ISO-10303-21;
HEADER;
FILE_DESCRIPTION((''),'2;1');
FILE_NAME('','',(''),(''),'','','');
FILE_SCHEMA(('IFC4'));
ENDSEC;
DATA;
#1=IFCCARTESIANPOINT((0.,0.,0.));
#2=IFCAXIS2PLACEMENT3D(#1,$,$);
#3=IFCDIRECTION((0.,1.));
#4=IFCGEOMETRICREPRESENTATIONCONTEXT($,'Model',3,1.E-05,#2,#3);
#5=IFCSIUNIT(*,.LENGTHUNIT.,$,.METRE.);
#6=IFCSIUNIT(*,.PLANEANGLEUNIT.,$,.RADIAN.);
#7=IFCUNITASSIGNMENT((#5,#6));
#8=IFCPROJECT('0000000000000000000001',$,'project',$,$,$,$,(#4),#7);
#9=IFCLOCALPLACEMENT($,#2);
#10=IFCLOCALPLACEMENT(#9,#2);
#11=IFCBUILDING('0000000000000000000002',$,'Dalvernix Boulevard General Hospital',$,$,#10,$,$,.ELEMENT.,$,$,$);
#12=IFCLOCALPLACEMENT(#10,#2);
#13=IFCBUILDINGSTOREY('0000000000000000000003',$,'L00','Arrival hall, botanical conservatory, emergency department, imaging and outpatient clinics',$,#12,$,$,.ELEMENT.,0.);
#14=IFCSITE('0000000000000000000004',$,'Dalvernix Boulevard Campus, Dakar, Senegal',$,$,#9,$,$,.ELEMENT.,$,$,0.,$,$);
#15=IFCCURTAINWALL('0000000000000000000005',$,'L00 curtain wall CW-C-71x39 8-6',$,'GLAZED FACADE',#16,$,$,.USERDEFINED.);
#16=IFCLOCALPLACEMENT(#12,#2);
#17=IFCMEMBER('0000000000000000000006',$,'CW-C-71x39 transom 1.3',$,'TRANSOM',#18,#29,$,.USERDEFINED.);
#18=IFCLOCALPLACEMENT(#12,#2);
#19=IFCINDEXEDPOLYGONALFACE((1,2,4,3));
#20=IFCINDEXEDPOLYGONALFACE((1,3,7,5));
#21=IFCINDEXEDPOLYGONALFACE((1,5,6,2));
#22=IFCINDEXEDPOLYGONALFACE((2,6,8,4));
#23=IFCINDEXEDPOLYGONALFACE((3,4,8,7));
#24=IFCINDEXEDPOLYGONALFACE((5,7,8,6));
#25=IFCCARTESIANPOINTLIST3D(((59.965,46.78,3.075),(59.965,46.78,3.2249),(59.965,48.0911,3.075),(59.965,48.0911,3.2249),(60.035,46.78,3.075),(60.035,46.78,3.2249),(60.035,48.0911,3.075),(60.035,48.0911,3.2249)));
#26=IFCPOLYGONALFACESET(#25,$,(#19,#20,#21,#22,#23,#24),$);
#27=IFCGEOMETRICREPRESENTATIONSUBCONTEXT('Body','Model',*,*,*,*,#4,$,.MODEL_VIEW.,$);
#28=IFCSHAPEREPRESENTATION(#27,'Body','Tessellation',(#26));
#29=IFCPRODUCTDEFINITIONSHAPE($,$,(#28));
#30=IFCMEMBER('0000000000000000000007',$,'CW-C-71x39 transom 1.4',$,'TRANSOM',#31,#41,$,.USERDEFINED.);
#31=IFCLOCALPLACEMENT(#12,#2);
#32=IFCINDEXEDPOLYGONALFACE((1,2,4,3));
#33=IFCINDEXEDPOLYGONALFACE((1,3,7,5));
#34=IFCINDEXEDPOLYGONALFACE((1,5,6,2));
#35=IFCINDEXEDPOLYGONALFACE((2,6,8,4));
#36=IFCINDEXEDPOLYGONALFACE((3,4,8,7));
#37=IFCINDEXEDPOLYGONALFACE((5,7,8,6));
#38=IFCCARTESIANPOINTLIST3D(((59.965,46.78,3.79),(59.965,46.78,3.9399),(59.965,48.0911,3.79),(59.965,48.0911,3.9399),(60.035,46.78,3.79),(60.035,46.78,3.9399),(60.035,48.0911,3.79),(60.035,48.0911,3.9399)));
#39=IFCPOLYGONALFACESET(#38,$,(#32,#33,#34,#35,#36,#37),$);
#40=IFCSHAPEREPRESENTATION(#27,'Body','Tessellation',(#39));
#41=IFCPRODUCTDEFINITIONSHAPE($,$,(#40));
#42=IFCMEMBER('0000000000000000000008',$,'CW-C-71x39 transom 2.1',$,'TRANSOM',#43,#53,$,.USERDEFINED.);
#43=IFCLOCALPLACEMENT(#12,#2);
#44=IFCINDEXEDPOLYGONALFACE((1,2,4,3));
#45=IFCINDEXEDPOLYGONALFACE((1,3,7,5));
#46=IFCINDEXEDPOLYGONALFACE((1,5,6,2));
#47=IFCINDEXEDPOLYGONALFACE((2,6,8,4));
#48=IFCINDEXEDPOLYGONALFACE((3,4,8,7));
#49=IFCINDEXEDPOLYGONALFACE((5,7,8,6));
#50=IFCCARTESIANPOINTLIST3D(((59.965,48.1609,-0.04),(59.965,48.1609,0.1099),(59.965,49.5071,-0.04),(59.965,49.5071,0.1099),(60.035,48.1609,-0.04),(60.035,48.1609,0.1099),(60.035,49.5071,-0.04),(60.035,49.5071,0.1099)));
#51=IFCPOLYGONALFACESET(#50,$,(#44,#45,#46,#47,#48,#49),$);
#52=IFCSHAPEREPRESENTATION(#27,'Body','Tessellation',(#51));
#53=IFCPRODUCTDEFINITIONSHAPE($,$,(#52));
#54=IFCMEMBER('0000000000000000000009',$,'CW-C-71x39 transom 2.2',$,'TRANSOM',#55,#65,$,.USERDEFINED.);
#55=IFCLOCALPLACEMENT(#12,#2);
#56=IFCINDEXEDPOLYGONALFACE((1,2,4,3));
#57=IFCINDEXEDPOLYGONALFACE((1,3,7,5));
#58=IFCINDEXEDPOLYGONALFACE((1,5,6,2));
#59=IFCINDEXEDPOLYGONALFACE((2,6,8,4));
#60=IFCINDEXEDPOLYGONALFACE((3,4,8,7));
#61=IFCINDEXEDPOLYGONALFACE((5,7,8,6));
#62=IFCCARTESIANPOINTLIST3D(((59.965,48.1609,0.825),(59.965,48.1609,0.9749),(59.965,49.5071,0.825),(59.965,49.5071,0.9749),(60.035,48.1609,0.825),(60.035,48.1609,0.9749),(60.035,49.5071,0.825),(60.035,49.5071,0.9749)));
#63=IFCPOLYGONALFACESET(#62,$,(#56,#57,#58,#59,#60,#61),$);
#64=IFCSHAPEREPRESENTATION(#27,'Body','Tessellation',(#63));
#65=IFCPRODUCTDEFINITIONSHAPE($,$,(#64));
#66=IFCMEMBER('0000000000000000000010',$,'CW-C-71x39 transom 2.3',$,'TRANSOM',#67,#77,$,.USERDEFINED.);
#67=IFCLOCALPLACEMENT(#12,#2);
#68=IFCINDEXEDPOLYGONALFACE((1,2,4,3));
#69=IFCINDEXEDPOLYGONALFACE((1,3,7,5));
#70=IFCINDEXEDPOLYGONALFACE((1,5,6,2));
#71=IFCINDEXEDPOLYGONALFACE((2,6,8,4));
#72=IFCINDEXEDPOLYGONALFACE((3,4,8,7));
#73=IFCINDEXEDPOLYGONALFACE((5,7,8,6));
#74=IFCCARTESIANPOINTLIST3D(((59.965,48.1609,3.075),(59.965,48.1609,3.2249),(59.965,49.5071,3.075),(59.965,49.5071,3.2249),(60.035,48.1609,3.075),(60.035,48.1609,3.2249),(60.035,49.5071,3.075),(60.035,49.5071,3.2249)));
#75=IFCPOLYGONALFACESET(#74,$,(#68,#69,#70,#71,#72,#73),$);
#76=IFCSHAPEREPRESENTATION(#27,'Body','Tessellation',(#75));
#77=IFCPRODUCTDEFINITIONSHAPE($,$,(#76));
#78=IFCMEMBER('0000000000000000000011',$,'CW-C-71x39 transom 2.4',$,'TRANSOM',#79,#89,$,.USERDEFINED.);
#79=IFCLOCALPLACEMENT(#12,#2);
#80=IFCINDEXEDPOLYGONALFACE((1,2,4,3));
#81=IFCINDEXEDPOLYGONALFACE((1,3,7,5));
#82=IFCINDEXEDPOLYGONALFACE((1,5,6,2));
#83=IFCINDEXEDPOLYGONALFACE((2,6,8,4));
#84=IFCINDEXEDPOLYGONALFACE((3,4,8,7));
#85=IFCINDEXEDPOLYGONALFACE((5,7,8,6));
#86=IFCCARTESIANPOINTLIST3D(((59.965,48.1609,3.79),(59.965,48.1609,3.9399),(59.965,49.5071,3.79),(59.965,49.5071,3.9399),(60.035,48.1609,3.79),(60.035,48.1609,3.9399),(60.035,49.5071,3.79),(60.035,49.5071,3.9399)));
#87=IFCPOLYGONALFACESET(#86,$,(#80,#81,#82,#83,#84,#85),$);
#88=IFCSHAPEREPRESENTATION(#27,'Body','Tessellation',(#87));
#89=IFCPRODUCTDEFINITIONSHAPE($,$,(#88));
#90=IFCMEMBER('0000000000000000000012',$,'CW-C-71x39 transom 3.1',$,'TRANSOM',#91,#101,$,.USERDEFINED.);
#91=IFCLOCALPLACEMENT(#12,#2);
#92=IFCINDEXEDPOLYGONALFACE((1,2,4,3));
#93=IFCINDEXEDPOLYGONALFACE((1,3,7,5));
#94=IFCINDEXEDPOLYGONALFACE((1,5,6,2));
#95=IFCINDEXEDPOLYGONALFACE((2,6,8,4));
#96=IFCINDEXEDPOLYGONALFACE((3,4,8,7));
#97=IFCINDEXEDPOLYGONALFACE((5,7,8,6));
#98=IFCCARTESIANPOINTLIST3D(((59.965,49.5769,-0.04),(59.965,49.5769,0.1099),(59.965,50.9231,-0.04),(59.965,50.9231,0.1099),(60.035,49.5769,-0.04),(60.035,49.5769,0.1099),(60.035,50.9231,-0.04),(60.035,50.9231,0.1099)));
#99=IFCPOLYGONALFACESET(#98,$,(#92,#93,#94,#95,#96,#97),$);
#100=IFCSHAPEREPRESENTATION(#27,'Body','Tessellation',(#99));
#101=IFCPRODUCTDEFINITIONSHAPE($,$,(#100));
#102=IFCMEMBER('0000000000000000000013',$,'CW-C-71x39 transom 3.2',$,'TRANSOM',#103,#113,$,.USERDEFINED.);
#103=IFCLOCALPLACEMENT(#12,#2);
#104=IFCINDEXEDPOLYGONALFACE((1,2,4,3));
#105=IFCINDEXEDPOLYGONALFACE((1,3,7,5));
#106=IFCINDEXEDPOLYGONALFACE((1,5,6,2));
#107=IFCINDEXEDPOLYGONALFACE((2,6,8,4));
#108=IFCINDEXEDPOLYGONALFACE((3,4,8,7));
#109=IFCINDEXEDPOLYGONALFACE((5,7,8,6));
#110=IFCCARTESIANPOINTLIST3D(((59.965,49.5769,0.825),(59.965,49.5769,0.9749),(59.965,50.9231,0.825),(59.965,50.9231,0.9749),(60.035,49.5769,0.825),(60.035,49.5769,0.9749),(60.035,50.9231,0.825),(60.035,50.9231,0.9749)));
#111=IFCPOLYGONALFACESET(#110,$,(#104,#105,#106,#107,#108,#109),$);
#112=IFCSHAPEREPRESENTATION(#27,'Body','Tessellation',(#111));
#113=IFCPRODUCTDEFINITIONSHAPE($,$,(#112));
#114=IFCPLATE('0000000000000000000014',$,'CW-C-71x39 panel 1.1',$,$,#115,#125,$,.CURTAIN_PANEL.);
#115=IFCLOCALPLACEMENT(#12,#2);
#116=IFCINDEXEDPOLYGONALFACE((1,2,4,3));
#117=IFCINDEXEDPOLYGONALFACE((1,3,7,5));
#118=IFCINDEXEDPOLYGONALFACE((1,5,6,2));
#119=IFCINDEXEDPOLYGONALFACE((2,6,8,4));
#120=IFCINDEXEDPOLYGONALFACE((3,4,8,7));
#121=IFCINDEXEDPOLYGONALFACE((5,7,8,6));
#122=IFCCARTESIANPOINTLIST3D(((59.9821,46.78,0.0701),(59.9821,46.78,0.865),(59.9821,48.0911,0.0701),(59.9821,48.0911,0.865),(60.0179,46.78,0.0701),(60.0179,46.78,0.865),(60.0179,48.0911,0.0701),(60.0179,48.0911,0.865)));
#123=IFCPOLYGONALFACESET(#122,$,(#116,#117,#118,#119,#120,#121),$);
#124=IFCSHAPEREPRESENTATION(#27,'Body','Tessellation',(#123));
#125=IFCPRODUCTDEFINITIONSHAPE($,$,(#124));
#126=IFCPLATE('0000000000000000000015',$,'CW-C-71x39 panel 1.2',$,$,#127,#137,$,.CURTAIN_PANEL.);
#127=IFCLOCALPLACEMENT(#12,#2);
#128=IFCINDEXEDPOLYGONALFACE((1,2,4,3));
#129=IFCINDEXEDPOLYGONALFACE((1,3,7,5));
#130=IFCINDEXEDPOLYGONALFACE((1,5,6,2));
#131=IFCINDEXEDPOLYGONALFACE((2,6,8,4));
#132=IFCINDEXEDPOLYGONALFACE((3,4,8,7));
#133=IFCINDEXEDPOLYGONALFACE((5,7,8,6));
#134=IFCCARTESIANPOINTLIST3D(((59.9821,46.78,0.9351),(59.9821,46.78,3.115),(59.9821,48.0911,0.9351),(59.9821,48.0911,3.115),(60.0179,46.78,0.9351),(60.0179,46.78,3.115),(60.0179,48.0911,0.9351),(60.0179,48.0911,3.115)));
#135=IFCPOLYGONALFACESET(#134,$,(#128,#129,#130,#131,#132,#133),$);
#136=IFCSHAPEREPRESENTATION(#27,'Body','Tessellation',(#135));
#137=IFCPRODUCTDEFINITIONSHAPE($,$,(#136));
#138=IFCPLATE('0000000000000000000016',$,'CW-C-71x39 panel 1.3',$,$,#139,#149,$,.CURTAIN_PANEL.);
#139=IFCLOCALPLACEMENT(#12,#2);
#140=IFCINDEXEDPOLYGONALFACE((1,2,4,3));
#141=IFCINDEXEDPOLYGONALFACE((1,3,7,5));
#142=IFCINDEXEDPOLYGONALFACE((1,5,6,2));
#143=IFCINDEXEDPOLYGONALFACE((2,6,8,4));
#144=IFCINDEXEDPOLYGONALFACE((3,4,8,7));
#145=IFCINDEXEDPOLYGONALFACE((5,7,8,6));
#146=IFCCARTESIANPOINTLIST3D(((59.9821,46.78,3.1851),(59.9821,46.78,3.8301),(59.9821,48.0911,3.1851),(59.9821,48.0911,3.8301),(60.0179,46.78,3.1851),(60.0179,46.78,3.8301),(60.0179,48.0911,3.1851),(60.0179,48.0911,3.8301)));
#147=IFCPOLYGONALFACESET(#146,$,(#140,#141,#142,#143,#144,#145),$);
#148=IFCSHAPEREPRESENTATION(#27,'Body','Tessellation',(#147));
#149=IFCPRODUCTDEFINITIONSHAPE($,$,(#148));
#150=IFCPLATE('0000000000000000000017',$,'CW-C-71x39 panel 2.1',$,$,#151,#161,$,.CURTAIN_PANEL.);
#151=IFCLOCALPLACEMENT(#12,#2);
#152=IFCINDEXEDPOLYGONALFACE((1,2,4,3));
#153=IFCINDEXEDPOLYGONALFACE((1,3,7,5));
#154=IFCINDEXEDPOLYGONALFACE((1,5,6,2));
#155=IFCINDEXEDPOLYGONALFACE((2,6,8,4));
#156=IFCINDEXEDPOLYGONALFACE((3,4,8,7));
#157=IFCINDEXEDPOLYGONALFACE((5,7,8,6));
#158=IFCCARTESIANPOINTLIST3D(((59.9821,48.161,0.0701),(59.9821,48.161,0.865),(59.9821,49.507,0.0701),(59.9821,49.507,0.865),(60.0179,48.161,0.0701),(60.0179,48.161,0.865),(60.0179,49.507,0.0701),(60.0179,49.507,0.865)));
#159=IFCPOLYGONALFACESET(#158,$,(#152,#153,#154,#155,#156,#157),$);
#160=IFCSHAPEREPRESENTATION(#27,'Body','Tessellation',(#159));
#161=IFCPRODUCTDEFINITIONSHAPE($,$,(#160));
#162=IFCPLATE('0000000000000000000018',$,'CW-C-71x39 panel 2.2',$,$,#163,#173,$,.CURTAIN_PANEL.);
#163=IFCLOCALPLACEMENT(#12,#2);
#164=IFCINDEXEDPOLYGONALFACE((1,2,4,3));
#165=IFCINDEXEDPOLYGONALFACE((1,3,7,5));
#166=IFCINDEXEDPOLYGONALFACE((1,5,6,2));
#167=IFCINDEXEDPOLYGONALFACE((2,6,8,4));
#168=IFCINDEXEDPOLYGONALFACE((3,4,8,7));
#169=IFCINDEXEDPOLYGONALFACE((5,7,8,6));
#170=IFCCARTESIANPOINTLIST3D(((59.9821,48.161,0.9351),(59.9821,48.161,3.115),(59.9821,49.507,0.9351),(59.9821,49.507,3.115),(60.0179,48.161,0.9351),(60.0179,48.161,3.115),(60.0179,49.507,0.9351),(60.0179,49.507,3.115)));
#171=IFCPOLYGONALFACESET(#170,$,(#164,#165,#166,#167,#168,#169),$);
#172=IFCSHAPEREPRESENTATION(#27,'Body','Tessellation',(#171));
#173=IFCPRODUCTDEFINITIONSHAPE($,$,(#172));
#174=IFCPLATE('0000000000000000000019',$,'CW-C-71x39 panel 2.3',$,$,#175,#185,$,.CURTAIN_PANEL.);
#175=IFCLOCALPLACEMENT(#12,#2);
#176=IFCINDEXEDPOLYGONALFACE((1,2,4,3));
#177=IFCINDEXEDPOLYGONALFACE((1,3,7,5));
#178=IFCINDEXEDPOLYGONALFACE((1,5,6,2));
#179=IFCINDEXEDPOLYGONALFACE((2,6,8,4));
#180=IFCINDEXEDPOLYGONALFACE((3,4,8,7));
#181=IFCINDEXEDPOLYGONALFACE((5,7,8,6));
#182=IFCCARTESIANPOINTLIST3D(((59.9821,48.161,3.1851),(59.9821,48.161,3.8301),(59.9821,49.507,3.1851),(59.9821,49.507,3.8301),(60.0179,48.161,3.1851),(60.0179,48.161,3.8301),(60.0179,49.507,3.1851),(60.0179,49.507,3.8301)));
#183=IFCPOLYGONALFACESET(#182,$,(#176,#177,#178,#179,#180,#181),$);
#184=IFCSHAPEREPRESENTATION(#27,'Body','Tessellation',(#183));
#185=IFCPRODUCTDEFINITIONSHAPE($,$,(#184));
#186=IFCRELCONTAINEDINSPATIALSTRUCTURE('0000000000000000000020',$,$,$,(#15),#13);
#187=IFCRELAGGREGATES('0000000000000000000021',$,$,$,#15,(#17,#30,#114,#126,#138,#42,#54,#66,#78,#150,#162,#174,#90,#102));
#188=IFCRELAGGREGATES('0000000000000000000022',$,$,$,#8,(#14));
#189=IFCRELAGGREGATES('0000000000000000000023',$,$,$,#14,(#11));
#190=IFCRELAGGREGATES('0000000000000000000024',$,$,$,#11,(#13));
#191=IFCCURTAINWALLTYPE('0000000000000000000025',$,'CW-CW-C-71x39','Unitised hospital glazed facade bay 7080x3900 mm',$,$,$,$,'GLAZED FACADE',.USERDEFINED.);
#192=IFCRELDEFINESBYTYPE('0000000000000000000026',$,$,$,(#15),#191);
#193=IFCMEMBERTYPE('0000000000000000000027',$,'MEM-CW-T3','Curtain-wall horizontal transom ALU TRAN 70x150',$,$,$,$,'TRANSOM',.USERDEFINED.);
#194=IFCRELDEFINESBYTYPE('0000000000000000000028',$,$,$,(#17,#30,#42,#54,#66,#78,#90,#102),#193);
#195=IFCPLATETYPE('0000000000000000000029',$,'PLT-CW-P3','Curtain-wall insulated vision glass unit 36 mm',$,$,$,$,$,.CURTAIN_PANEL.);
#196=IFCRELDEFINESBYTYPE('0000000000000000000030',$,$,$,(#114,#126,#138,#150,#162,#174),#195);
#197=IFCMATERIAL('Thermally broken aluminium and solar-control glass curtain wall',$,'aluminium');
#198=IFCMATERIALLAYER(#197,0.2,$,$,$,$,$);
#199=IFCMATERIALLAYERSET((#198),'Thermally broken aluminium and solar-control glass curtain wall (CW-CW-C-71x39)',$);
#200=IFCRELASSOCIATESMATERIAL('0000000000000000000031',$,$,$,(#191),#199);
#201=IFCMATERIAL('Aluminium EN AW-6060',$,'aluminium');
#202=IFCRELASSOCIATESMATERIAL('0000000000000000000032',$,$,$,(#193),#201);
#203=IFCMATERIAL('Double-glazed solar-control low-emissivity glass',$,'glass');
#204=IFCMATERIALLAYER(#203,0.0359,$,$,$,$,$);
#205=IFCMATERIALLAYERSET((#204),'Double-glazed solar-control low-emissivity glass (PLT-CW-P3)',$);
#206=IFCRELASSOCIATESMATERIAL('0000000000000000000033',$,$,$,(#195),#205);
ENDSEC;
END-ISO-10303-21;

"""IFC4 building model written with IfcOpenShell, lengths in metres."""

from ifc_helpers import new_model, si_unit, direction, frame, origin, origin_2d, place, context, subcontext, project, spatial, rectangle, extrude, material, layer, layer_set, material_profile, profile_set, type_object, element, aggregate, save


model = new_model("IFC4")

# Units and contexts
model_context = context("Model", 3, precision=1e-05, world=origin(), true_north=direction((0.0, 1.0)))
body_context = subcontext(model_context, "Body", "Model", "MODEL_VIEW")
ifc_project = project(units=[si_unit("LENGTHUNIT", "METRE"), si_unit("PLANEANGLEUNIT", "RADIAN")], contexts=[model_context])

# Site, building, storey
site_placement = place(None, origin())
site = spatial("IfcSite", under=ifc_project, at=site_placement, Name="Dalvernix Boulevard Campus, Dakar, Senegal", CompositionType="ELEMENT", RefElevation=0.0)
building_placement = place(site_placement, origin())
building = spatial("IfcBuilding", under=site, at=building_placement, Name="Dalvernix Boulevard General Hospital", CompositionType="ELEMENT")
storey_placement = place(building_placement, origin())
storey = spatial("IfcBuildingStorey", under=building, at=storey_placement, Name="L00", Description="Arrival hall, botanical conservatory, emergency department, imaging and outpatient clinics", CompositionType="ELEMENT", Elevation=0.0)

# Curtain wall, members, plates
ifc_material_1 = material(Name="Thermally broken aluminium and solar-control glass curtain wall", Category="aluminium")
ifc_layer_1 = layer(ifc_material_1, 0.2)
ifc_layer_set_1 = layer_set([ifc_layer_1], Name="Thermally broken aluminium and solar-control glass curtain wall (CW-CW-C-71x39)")
curtain_wall_type = type_object("IfcCurtainWallType", Name="CW-CW-C-71x39", Description="Unitised hospital glazed facade bay 7080x3900 mm", ElementType="GLAZED FACADE", PredefinedType="USERDEFINED", material=ifc_layer_set_1)
curtain_wall_placement = place(storey_placement, origin())
curtain_wall = element("IfcCurtainWall", 1, at=curtain_wall_placement, inside=storey, type_object=curtain_wall_type, Name="L00 curtain wall CW-C-71x39 8-6", ObjectType="GLAZED FACADE", PredefinedType="USERDEFINED")
ifc_material_2 = material(Name="Aluminium EN AW-6060", Category="aluminium")
ifc_material_profile_1 = material_profile(ifc_material_2, rectangle(XDim=0.0701, YDim=0.1499, at=origin_2d()), Name="ALU TRAN 70x150")
ifc_profile_set_1 = profile_set([ifc_material_profile_1], Name="Aluminium EN AW-6060")
member_type_1 = type_object("IfcMemberType", Name="MEM-CW-T3", Description="Curtain-wall horizontal transom ALU TRAN 70x150", ElementType="TRANSOM", PredefinedType="USERDEFINED", material=ifc_profile_set_1)
member_1_placement = place(storey_placement, frame((60.0, 46.78, 3.1499), z_axis=(0.0, 1.0, 0.0), x_axis=(-1.0, 0.0, 0.0)))
member_1 = element("IfcMember", 2, at=member_1_placement, type_object=member_type_1, Name="CW-C-71x39 transom 1.3", ObjectType="TRANSOM", PredefinedType="USERDEFINED", context=body_context, shape_type="SweptSolid", body=[
    extrude(rectangle(XDim=0.0701, YDim=0.1499, at=origin_2d()), origin(), (0.0, 0.0, 1.0), 1.311),
])
member_2_placement = place(storey_placement, frame((60.0, 46.78, 3.865), z_axis=(0.0, 1.0, 0.0), x_axis=(-1.0, 0.0, 0.0)))
member_2 = element("IfcMember", 3, at=member_2_placement, type_object=member_type_1, Name="CW-C-71x39 transom 1.4", ObjectType="TRANSOM", PredefinedType="USERDEFINED", context=body_context, shape_type="SweptSolid", body=[
    extrude(rectangle(XDim=0.0701, YDim=0.1499, at=origin_2d()), origin(), (0.0, 0.0, 1.0), 1.311),
])
member_3_placement = place(storey_placement, frame((60.0, 48.1609, 0.0349), z_axis=(0.0, 1.0, 0.0), x_axis=(-1.0, 0.0, 0.0)))
member_3 = element("IfcMember", 4, at=member_3_placement, type_object=member_type_1, Name="CW-C-71x39 transom 2.1", ObjectType="TRANSOM", PredefinedType="USERDEFINED", context=body_context, shape_type="SweptSolid", body=[
    extrude(rectangle(XDim=0.0701, YDim=0.1499, at=origin_2d()), origin(), (0.0, 0.0, 1.0), 1.3462),
])
member_4_placement = place(storey_placement, frame((60.0, 48.1609, 0.8999), z_axis=(0.0, 1.0, 0.0), x_axis=(-1.0, 0.0, 0.0)))
member_4 = element("IfcMember", 5, at=member_4_placement, type_object=member_type_1, Name="CW-C-71x39 transom 2.2", ObjectType="TRANSOM", PredefinedType="USERDEFINED", context=body_context, shape_type="SweptSolid", body=[
    extrude(rectangle(XDim=0.0701, YDim=0.1499, at=origin_2d()), origin(), (0.0, 0.0, 1.0), 1.3462),
])
member_5_placement = place(storey_placement, frame((60.0, 48.1609, 3.1499), z_axis=(0.0, 1.0, 0.0), x_axis=(-1.0, 0.0, 0.0)))
member_5 = element("IfcMember", 6, at=member_5_placement, type_object=member_type_1, Name="CW-C-71x39 transom 2.3", ObjectType="TRANSOM", PredefinedType="USERDEFINED", context=body_context, shape_type="SweptSolid", body=[
    extrude(rectangle(XDim=0.0701, YDim=0.1499, at=origin_2d()), origin(), (0.0, 0.0, 1.0), 1.3462),
])
member_6_placement = place(storey_placement, frame((60.0, 48.1609, 3.865), z_axis=(0.0, 1.0, 0.0), x_axis=(-1.0, 0.0, 0.0)))
member_6 = element("IfcMember", 7, at=member_6_placement, type_object=member_type_1, Name="CW-C-71x39 transom 2.4", ObjectType="TRANSOM", PredefinedType="USERDEFINED", context=body_context, shape_type="SweptSolid", body=[
    extrude(rectangle(XDim=0.0701, YDim=0.1499, at=origin_2d()), origin(), (0.0, 0.0, 1.0), 1.3462),
])
member_7_placement = place(storey_placement, frame((60.0, 49.5769, 0.0349), z_axis=(0.0, 1.0, 0.0), x_axis=(-1.0, 0.0, 0.0)))
member_7 = element("IfcMember", 8, at=member_7_placement, type_object=member_type_1, Name="CW-C-71x39 transom 3.1", ObjectType="TRANSOM", PredefinedType="USERDEFINED", context=body_context, shape_type="SweptSolid", body=[
    extrude(rectangle(XDim=0.0701, YDim=0.1499, at=origin_2d()), origin(), (0.0, 0.0, 1.0), 1.3462),
])
member_8_placement = place(storey_placement, frame((60.0, 49.5769, 0.8999), z_axis=(0.0, 1.0, 0.0), x_axis=(-1.0, 0.0, 0.0)))
member_8 = element("IfcMember", 9, at=member_8_placement, type_object=member_type_1, Name="CW-C-71x39 transom 3.2", ObjectType="TRANSOM", PredefinedType="USERDEFINED", context=body_context, shape_type="SweptSolid", body=[
    extrude(rectangle(XDim=0.0701, YDim=0.1499, at=origin_2d()), origin(), (0.0, 0.0, 1.0), 1.3462),
])
ifc_material_3 = material(Name="Double-glazed solar-control low-emissivity glass", Category="glass")
ifc_layer_2 = layer(ifc_material_3, 0.0359)
ifc_layer_set_2 = layer_set([ifc_layer_2], Name="Double-glazed solar-control low-emissivity glass (PLT-CW-P3)")
plate_type = type_object("IfcPlateType", Name="PLT-CW-P3", Description="Curtain-wall insulated vision glass unit 36 mm", PredefinedType="CURTAIN_PANEL", material=ifc_layer_set_2)
plate_1_placement = place(storey_placement, frame((60.0, 47.4355, 0.0701), z_axis=(0.0, 0.0, 1.0), x_axis=(0.0, 1.0, 0.0)))
plate_1 = element("IfcPlate", 10, at=plate_1_placement, type_object=plate_type, Name="CW-C-71x39 panel 1.1", PredefinedType="CURTAIN_PANEL", context=body_context, shape_type="SweptSolid", body=[
    extrude(rectangle(XDim=1.311, YDim=0.0359, at=origin_2d()), origin(), (0.0, 0.0, 1.0), 0.7949),
])
plate_2_placement = place(storey_placement, frame((60.0, 47.4355, 0.9351), z_axis=(0.0, 0.0, 1.0), x_axis=(0.0, 1.0, 0.0)))
plate_2 = element("IfcPlate", 11, at=plate_2_placement, type_object=plate_type, Name="CW-C-71x39 panel 1.2", PredefinedType="CURTAIN_PANEL", context=body_context, shape_type="SweptSolid", body=[
    extrude(rectangle(XDim=1.311, YDim=0.0359, at=origin_2d()), origin(), (0.0, 0.0, 1.0), 2.1799),
])
plate_3_placement = place(storey_placement, frame((60.0, 47.4355, 3.1851), z_axis=(0.0, 0.0, 1.0), x_axis=(0.0, 1.0, 0.0)))
plate_3 = element("IfcPlate", 12, at=plate_3_placement, type_object=plate_type, Name="CW-C-71x39 panel 1.3", PredefinedType="CURTAIN_PANEL", context=body_context, shape_type="SweptSolid", body=[
    extrude(rectangle(XDim=1.311, YDim=0.0359, at=origin_2d()), origin(), (0.0, 0.0, 1.0), 0.645),
])
plate_4_placement = place(storey_placement, frame((60.0, 48.834, 0.0701), z_axis=(0.0, 0.0, 1.0), x_axis=(0.0, 1.0, 0.0)))
plate_4 = element("IfcPlate", 13, at=plate_4_placement, type_object=plate_type, Name="CW-C-71x39 panel 2.1", PredefinedType="CURTAIN_PANEL", context=body_context, shape_type="SweptSolid", body=[
    extrude(rectangle(XDim=1.3459, YDim=0.0359, at=origin_2d()), origin(), (0.0, 0.0, 1.0), 0.7949),
])
plate_5_placement = place(storey_placement, frame((60.0, 48.834, 0.9351), z_axis=(0.0, 0.0, 1.0), x_axis=(0.0, 1.0, 0.0)))
plate_5 = element("IfcPlate", 14, at=plate_5_placement, type_object=plate_type, Name="CW-C-71x39 panel 2.2", PredefinedType="CURTAIN_PANEL", context=body_context, shape_type="SweptSolid", body=[
    extrude(rectangle(XDim=1.3459, YDim=0.0359, at=origin_2d()), origin(), (0.0, 0.0, 1.0), 2.1799),
])
plate_6_placement = place(storey_placement, frame((60.0, 48.834, 3.1851), z_axis=(0.0, 0.0, 1.0), x_axis=(0.0, 1.0, 0.0)))
plate_6 = element("IfcPlate", 15, at=plate_6_placement, type_object=plate_type, Name="CW-C-71x39 panel 2.3", PredefinedType="CURTAIN_PANEL", context=body_context, shape_type="SweptSolid", body=[
    extrude(rectangle(XDim=1.3459, YDim=0.0359, at=origin_2d()), origin(), (0.0, 0.0, 1.0), 0.645),
])
aggregate(curtain_wall, [member_1, member_2, plate_1, plate_2, plate_3, member_3, member_4, member_5, member_6, plate_4, plate_5, plate_6, member_7, member_8])

save(model, "model.ifc")
